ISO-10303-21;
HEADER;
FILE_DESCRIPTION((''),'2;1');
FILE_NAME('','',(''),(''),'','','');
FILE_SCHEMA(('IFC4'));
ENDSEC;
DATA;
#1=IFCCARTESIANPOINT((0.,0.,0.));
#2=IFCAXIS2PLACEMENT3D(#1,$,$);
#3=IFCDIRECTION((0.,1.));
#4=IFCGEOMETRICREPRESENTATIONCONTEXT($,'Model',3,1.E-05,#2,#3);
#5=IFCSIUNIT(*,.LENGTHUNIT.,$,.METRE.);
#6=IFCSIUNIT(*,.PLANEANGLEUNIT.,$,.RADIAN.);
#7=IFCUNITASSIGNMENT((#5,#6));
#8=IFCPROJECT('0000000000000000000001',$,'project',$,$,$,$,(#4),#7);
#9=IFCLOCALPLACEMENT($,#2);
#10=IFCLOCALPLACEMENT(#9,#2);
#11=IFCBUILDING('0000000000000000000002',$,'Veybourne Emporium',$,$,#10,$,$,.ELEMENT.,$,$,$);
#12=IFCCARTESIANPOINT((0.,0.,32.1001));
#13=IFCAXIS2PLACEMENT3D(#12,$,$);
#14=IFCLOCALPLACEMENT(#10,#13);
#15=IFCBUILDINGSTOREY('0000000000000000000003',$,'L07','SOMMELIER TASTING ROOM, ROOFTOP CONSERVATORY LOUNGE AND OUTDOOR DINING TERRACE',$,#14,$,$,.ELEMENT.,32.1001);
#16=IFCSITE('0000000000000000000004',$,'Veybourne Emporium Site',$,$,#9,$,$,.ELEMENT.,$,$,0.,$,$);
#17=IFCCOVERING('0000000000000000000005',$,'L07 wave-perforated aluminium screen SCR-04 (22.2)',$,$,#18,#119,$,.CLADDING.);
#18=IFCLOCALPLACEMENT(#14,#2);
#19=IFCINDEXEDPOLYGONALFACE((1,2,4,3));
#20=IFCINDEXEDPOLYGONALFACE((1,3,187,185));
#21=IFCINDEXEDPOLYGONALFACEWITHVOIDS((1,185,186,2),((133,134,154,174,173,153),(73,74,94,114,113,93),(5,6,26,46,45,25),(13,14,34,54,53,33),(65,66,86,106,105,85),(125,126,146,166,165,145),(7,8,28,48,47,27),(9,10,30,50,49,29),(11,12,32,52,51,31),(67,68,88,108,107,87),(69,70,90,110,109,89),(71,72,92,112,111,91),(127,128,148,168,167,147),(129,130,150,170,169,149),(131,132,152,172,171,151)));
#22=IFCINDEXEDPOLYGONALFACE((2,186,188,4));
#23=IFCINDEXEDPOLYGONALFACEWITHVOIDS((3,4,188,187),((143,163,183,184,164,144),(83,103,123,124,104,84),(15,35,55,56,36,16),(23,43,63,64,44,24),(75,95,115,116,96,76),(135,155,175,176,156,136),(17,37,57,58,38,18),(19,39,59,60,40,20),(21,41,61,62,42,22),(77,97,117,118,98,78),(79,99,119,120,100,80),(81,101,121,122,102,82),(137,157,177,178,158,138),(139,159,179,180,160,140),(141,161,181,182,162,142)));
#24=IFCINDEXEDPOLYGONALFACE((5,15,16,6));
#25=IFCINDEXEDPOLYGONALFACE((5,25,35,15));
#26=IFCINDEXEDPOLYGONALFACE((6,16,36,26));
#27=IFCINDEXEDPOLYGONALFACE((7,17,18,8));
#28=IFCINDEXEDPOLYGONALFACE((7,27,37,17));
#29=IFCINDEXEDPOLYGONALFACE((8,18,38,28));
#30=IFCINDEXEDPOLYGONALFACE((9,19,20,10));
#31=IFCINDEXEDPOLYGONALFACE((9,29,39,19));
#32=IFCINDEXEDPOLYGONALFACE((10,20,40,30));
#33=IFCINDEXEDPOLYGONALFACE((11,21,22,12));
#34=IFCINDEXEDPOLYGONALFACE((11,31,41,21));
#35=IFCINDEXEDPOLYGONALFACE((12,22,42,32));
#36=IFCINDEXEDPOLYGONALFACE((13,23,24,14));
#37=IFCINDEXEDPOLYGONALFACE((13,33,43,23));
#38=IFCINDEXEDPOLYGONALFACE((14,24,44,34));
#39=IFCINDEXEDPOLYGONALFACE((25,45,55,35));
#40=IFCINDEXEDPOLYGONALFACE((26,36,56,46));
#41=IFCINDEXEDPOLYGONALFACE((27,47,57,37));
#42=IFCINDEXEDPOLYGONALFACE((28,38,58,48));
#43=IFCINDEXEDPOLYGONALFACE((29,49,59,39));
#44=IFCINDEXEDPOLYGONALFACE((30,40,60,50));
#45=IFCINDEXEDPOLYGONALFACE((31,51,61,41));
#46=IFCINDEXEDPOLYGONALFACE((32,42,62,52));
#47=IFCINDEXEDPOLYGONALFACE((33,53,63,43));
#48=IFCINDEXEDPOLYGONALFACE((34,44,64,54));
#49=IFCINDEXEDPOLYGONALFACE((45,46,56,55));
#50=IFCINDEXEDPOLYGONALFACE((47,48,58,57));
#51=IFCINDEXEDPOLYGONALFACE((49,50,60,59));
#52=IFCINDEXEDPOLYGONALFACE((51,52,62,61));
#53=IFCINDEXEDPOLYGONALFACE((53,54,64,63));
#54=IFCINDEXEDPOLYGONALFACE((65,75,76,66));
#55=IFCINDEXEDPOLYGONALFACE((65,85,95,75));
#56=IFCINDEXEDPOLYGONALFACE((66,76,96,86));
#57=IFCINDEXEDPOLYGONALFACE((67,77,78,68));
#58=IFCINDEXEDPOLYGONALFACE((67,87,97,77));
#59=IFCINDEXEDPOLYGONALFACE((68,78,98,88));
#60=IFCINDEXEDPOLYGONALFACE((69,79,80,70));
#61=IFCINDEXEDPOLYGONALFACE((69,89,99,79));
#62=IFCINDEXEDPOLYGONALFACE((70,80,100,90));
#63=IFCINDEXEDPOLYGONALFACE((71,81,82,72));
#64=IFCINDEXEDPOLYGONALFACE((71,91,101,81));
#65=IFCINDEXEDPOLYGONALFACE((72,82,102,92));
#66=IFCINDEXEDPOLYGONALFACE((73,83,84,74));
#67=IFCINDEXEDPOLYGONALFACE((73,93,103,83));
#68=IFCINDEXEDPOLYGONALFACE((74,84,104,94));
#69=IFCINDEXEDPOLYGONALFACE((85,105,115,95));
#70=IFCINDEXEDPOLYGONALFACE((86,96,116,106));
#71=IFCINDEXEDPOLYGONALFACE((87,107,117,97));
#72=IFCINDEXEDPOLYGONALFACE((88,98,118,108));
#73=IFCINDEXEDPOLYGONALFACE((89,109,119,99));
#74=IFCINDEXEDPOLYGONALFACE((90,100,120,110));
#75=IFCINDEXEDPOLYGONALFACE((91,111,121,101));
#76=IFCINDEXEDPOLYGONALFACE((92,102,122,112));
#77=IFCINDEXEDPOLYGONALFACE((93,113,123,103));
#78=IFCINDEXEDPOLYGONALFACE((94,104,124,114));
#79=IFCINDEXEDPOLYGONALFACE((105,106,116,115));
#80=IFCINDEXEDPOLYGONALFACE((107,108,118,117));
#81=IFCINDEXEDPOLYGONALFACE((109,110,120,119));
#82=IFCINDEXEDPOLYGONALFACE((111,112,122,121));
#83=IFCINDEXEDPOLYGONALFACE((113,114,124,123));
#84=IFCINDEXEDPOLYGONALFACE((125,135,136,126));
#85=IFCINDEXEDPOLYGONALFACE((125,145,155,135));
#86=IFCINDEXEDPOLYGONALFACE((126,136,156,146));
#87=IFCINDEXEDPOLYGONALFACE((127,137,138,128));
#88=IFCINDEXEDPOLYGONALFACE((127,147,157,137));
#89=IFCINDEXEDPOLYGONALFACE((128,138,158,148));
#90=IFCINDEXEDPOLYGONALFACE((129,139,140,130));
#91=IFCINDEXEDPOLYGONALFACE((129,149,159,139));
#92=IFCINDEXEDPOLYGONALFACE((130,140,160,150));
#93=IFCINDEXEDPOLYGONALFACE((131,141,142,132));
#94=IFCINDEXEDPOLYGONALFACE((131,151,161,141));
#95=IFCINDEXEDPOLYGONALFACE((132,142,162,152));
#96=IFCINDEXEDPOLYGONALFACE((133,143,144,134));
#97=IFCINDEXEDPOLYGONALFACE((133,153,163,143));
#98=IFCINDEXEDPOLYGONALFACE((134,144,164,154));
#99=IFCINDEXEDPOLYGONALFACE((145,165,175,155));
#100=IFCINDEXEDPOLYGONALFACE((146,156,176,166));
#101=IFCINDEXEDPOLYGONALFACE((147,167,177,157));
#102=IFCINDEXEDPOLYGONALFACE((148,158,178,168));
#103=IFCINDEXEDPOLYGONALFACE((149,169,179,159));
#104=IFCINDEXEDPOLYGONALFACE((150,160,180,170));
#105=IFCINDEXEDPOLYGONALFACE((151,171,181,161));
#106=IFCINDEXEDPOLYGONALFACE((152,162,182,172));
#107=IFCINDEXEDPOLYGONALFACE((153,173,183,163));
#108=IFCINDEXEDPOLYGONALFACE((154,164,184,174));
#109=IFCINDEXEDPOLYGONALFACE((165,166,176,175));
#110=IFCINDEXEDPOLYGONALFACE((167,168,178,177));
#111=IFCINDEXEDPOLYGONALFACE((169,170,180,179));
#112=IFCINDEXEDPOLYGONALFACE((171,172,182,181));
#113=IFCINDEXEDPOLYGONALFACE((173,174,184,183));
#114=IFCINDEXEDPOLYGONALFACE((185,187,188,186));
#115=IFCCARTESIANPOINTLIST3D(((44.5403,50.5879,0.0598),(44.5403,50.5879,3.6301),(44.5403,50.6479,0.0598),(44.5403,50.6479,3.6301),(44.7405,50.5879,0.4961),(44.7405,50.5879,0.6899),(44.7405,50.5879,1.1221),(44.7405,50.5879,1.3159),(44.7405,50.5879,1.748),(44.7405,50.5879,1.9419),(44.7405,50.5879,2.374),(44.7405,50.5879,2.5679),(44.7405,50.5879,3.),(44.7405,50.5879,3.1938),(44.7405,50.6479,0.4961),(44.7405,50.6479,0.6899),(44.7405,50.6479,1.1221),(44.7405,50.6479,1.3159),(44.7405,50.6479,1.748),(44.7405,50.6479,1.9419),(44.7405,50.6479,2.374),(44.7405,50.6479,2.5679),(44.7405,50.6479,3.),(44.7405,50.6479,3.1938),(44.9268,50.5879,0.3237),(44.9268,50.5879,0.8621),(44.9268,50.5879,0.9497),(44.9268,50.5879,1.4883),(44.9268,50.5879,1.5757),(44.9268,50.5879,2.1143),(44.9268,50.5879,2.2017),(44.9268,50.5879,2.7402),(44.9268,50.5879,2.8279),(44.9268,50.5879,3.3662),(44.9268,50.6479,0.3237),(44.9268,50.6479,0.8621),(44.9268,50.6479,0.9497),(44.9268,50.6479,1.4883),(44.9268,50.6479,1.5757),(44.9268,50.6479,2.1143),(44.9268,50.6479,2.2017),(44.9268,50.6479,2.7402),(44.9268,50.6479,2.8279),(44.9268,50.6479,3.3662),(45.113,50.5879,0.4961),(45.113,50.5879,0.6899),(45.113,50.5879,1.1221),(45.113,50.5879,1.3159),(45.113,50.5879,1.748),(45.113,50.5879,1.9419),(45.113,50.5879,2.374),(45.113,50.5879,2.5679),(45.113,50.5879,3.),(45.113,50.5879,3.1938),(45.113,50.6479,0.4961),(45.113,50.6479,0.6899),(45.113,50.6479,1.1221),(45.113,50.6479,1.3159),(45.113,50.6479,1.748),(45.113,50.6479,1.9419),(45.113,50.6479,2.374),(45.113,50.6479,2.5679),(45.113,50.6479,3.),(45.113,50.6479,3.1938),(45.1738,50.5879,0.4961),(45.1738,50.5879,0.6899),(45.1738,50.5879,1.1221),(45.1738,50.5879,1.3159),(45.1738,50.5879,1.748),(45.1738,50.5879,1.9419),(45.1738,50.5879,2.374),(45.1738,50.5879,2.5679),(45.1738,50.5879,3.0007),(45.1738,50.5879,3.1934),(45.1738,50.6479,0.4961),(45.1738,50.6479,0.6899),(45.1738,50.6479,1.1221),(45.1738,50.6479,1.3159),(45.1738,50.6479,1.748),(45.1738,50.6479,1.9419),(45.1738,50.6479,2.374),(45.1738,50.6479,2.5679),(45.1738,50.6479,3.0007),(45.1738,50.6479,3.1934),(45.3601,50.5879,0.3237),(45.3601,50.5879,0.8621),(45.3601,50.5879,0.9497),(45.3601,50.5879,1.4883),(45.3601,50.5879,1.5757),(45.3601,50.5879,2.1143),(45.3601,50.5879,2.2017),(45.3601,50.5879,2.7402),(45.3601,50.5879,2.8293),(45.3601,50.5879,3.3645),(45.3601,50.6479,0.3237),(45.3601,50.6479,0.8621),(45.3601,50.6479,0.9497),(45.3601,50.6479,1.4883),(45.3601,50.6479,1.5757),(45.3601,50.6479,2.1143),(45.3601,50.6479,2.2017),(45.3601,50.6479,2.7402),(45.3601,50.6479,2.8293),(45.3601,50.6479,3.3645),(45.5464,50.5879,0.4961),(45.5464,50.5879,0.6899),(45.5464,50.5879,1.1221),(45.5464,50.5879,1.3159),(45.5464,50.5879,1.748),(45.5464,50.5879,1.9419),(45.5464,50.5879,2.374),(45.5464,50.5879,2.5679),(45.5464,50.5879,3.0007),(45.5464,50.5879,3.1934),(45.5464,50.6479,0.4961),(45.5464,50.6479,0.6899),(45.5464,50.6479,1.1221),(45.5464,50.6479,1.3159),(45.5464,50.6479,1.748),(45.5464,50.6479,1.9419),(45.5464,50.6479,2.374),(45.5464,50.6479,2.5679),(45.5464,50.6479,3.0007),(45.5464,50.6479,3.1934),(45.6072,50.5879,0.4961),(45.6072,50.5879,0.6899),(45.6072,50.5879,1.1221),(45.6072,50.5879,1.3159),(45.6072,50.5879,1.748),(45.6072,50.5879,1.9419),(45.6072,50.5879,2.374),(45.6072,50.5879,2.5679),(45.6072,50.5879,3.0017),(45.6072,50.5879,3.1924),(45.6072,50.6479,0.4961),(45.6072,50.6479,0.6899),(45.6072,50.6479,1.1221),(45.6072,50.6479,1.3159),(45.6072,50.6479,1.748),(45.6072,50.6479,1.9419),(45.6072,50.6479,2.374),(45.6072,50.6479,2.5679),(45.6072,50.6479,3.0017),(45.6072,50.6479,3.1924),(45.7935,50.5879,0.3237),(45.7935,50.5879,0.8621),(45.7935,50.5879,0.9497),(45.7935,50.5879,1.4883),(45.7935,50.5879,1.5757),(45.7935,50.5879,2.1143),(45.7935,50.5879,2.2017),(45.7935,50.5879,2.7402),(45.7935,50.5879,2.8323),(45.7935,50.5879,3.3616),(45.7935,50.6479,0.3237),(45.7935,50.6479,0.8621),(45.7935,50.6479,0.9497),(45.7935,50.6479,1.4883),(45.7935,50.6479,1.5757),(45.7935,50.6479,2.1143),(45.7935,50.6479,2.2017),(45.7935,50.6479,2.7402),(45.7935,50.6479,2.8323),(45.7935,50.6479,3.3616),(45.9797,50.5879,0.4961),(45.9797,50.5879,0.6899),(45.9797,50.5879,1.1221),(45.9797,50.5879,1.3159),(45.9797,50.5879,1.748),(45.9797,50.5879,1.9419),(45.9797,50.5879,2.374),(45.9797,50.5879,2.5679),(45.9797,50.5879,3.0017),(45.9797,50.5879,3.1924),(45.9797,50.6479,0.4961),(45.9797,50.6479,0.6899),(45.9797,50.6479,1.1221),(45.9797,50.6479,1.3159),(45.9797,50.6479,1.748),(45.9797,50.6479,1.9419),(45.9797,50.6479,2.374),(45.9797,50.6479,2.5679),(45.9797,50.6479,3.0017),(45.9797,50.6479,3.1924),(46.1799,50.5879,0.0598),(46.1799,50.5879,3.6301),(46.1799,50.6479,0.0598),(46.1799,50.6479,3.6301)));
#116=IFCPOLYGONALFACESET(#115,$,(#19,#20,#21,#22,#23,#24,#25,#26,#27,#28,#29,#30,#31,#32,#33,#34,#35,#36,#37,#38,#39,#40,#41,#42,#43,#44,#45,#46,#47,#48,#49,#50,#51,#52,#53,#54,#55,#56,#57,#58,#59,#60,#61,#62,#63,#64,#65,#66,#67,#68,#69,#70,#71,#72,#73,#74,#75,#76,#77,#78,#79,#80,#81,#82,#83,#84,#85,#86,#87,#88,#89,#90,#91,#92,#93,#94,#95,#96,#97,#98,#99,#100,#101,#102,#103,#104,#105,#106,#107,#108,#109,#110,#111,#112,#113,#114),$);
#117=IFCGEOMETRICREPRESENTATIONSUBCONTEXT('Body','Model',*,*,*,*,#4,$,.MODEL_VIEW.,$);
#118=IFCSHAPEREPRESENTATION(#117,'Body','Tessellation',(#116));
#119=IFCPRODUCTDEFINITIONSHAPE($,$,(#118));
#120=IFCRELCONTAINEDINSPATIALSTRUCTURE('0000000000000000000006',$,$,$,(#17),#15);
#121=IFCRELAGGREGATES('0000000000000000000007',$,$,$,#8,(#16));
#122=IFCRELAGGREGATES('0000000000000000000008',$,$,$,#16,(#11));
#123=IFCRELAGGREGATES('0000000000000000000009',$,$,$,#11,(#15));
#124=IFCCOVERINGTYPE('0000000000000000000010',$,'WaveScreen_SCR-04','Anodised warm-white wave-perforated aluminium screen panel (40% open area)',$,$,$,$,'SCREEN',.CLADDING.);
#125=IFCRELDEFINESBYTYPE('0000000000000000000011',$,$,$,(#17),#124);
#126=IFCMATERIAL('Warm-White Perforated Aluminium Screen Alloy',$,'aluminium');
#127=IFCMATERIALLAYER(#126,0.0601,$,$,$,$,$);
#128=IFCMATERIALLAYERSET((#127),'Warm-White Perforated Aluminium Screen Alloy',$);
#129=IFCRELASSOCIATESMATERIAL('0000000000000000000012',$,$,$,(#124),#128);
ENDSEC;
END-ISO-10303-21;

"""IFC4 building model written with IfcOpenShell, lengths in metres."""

from ifc_helpers import new_model, si_unit, direction, frame, origin, place, context, subcontext, project, spatial, polyline, outline, extrude, material, layer, layer_set, type_object, element, save


model = new_model("IFC4")

# Units and contexts
model_context = context("Model", 3, precision=1e-05, world=origin(), true_north=direction((0.0, 1.0)))
body_context = subcontext(model_context, "Body", "Model", "MODEL_VIEW")
ifc_project = project(units=[si_unit("LENGTHUNIT", "METRE"), si_unit("PLANEANGLEUNIT", "RADIAN")], contexts=[model_context])

# Site, building, storey
site_placement = place(None, origin())
site = spatial("IfcSite", under=ifc_project, at=site_placement, Name="Veybourne Emporium Site", CompositionType="ELEMENT", RefElevation=0.0)
building_placement = place(site_placement, origin())
building = spatial("IfcBuilding", under=site, at=building_placement, Name="Veybourne Emporium", CompositionType="ELEMENT")
storey_placement = place(building_placement, frame((0.0, 0.0, 32.1001)))
storey = spatial("IfcBuildingStorey", under=building, at=storey_placement, Name="L07", Description="SOMMELIER TASTING ROOM, ROOFTOP CONSERVATORY LOUNGE AND OUTDOOR DINING TERRACE", CompositionType="ELEMENT", Elevation=32.1001)

# Covering
ifc_material_1 = material(Name="Warm-White Perforated Aluminium Screen Alloy", Category="aluminium")
ifc_layer_1 = layer(ifc_material_1, 0.0601)
ifc_layer_set_1 = layer_set([ifc_layer_1], Name="Warm-White Perforated Aluminium Screen Alloy")
covering_type_1 = type_object("IfcCoveringType", Name="WaveScreen_SCR-04", Description="Anodised warm-white wave-perforated aluminium screen panel (40% open area)", ElementType="SCREEN", PredefinedType="CLADDING", material=ifc_layer_set_1)
covering_1_placement = place(storey_placement, frame((45.3601, 50.6479, 1.845), z_axis=(0.0, -1.0, 0.0), x_axis=(1.0, 0.0, 0.0)))
element("IfcCovering", 1, at=covering_1_placement, inside=storey, type_object=covering_type_1, Name="L07 wave-perforated aluminium screen SCR-04 (22.2)", PredefinedType="CLADDING", context=body_context, shape_type="SweptSolid", body=[
    extrude(outline(polyline([(-0.8198, -1.7852), (0.8198, -1.7852), (0.8198, 1.7852), (-0.8198, 1.7852), (-0.8198, -1.7852)]), holes=[polyline([(-0.4333, -0.9829), (-0.2471, -1.155), (-0.2471, -1.3489), (-0.4333, -1.5212), (-0.6196, -1.3489), (-0.6196, -1.155), (-0.4333, -0.9829)]), polyline([(-0.4333, -0.3567), (-0.2471, -0.5291), (-0.2471, -0.7229), (-0.4333, -0.8953), (-0.6196, -0.7229), (-0.6196, -0.5291), (-0.4333, -0.3567)]), polyline([(-0.4333, 0.2693), (-0.2471, 0.0969), (-0.2471, -0.0969), (-0.4333, -0.2693), (-0.6196, -0.0969), (-0.6196, 0.0969), (-0.4333, 0.2693)]), polyline([(-0.4333, 0.8953), (-0.2471, 0.7229), (-0.2471, 0.5291), (-0.4333, 0.3567), (-0.6196, 0.5291), (-0.6196, 0.7229), (-0.4333, 0.8953)]), polyline([(-0.4333, 1.5212), (-0.2471, 1.3489), (-0.2471, 1.155), (-0.4333, 0.9829), (-0.6196, 1.155), (-0.6196, 1.3489), (-0.4333, 1.5212)]), polyline([(0.0, -0.9829), (0.1863, -1.155), (0.1863, -1.3489), (0.0, -1.5212), (-0.1863, -1.3489), (-0.1863, -1.155), (0.0, -0.9829)]), polyline([(0.0, -0.3567), (0.1863, -0.5291), (0.1863, -0.7229), (0.0, -0.8953), (-0.1863, -0.7229), (-0.1863, -0.5291), (0.0, -0.3567)]), polyline([(0.0, 0.2693), (0.1863, 0.0969), (0.1863, -0.0969), (0.0, -0.2693), (-0.1863, -0.0969), (-0.1863, 0.0969), (0.0, 0.2693)]), polyline([(0.0, 0.8953), (0.1863, 0.7229), (0.1863, 0.5291), (0.0, 0.3567), (-0.1863, 0.5291), (-0.1863, 0.7229), (0.0, 0.8953)]), polyline([(0.0, 1.5195), (0.1863, 1.3484), (0.1863, 1.1558), (0.0, 0.9844), (-0.1863, 1.1558), (-0.1863, 1.3484), (0.0, 1.5195)]), polyline([(0.4333, -0.9829), (0.6196, -1.155), (0.6196, -1.3489), (0.4333, -1.5212), (0.2471, -1.3489), (0.2471, -1.155), (0.4333, -0.9829)]), polyline([(0.4333, -0.3567), (0.6196, -0.5291), (0.6196, -0.7229), (0.4333, -0.8953), (0.2471, -0.7229), (0.2471, -0.5291), (0.4333, -0.3567)]), polyline([(0.4333, 0.2693), (0.6196, 0.0969), (0.6196, -0.0969), (0.4333, -0.2693), (0.2471, -0.0969), (0.2471, 0.0969), (0.4333, 0.2693)]), polyline([(0.4333, 0.8953), (0.6196, 0.7229), (0.6196, 0.5291), (0.4333, 0.3567), (0.2471, 0.5291), (0.2471, 0.7229), (0.4333, 0.8953)]), polyline([(0.4333, 1.5166), (0.6196, 1.3474), (0.6196, 1.1567), (0.4333, 0.9873), (0.2471, 1.1567), (0.2471, 1.3474), (0.4333, 1.5166)])]), origin(), (0.0, 0.0, 1.0), 0.0601),
])

save(model, "model.ifc")
